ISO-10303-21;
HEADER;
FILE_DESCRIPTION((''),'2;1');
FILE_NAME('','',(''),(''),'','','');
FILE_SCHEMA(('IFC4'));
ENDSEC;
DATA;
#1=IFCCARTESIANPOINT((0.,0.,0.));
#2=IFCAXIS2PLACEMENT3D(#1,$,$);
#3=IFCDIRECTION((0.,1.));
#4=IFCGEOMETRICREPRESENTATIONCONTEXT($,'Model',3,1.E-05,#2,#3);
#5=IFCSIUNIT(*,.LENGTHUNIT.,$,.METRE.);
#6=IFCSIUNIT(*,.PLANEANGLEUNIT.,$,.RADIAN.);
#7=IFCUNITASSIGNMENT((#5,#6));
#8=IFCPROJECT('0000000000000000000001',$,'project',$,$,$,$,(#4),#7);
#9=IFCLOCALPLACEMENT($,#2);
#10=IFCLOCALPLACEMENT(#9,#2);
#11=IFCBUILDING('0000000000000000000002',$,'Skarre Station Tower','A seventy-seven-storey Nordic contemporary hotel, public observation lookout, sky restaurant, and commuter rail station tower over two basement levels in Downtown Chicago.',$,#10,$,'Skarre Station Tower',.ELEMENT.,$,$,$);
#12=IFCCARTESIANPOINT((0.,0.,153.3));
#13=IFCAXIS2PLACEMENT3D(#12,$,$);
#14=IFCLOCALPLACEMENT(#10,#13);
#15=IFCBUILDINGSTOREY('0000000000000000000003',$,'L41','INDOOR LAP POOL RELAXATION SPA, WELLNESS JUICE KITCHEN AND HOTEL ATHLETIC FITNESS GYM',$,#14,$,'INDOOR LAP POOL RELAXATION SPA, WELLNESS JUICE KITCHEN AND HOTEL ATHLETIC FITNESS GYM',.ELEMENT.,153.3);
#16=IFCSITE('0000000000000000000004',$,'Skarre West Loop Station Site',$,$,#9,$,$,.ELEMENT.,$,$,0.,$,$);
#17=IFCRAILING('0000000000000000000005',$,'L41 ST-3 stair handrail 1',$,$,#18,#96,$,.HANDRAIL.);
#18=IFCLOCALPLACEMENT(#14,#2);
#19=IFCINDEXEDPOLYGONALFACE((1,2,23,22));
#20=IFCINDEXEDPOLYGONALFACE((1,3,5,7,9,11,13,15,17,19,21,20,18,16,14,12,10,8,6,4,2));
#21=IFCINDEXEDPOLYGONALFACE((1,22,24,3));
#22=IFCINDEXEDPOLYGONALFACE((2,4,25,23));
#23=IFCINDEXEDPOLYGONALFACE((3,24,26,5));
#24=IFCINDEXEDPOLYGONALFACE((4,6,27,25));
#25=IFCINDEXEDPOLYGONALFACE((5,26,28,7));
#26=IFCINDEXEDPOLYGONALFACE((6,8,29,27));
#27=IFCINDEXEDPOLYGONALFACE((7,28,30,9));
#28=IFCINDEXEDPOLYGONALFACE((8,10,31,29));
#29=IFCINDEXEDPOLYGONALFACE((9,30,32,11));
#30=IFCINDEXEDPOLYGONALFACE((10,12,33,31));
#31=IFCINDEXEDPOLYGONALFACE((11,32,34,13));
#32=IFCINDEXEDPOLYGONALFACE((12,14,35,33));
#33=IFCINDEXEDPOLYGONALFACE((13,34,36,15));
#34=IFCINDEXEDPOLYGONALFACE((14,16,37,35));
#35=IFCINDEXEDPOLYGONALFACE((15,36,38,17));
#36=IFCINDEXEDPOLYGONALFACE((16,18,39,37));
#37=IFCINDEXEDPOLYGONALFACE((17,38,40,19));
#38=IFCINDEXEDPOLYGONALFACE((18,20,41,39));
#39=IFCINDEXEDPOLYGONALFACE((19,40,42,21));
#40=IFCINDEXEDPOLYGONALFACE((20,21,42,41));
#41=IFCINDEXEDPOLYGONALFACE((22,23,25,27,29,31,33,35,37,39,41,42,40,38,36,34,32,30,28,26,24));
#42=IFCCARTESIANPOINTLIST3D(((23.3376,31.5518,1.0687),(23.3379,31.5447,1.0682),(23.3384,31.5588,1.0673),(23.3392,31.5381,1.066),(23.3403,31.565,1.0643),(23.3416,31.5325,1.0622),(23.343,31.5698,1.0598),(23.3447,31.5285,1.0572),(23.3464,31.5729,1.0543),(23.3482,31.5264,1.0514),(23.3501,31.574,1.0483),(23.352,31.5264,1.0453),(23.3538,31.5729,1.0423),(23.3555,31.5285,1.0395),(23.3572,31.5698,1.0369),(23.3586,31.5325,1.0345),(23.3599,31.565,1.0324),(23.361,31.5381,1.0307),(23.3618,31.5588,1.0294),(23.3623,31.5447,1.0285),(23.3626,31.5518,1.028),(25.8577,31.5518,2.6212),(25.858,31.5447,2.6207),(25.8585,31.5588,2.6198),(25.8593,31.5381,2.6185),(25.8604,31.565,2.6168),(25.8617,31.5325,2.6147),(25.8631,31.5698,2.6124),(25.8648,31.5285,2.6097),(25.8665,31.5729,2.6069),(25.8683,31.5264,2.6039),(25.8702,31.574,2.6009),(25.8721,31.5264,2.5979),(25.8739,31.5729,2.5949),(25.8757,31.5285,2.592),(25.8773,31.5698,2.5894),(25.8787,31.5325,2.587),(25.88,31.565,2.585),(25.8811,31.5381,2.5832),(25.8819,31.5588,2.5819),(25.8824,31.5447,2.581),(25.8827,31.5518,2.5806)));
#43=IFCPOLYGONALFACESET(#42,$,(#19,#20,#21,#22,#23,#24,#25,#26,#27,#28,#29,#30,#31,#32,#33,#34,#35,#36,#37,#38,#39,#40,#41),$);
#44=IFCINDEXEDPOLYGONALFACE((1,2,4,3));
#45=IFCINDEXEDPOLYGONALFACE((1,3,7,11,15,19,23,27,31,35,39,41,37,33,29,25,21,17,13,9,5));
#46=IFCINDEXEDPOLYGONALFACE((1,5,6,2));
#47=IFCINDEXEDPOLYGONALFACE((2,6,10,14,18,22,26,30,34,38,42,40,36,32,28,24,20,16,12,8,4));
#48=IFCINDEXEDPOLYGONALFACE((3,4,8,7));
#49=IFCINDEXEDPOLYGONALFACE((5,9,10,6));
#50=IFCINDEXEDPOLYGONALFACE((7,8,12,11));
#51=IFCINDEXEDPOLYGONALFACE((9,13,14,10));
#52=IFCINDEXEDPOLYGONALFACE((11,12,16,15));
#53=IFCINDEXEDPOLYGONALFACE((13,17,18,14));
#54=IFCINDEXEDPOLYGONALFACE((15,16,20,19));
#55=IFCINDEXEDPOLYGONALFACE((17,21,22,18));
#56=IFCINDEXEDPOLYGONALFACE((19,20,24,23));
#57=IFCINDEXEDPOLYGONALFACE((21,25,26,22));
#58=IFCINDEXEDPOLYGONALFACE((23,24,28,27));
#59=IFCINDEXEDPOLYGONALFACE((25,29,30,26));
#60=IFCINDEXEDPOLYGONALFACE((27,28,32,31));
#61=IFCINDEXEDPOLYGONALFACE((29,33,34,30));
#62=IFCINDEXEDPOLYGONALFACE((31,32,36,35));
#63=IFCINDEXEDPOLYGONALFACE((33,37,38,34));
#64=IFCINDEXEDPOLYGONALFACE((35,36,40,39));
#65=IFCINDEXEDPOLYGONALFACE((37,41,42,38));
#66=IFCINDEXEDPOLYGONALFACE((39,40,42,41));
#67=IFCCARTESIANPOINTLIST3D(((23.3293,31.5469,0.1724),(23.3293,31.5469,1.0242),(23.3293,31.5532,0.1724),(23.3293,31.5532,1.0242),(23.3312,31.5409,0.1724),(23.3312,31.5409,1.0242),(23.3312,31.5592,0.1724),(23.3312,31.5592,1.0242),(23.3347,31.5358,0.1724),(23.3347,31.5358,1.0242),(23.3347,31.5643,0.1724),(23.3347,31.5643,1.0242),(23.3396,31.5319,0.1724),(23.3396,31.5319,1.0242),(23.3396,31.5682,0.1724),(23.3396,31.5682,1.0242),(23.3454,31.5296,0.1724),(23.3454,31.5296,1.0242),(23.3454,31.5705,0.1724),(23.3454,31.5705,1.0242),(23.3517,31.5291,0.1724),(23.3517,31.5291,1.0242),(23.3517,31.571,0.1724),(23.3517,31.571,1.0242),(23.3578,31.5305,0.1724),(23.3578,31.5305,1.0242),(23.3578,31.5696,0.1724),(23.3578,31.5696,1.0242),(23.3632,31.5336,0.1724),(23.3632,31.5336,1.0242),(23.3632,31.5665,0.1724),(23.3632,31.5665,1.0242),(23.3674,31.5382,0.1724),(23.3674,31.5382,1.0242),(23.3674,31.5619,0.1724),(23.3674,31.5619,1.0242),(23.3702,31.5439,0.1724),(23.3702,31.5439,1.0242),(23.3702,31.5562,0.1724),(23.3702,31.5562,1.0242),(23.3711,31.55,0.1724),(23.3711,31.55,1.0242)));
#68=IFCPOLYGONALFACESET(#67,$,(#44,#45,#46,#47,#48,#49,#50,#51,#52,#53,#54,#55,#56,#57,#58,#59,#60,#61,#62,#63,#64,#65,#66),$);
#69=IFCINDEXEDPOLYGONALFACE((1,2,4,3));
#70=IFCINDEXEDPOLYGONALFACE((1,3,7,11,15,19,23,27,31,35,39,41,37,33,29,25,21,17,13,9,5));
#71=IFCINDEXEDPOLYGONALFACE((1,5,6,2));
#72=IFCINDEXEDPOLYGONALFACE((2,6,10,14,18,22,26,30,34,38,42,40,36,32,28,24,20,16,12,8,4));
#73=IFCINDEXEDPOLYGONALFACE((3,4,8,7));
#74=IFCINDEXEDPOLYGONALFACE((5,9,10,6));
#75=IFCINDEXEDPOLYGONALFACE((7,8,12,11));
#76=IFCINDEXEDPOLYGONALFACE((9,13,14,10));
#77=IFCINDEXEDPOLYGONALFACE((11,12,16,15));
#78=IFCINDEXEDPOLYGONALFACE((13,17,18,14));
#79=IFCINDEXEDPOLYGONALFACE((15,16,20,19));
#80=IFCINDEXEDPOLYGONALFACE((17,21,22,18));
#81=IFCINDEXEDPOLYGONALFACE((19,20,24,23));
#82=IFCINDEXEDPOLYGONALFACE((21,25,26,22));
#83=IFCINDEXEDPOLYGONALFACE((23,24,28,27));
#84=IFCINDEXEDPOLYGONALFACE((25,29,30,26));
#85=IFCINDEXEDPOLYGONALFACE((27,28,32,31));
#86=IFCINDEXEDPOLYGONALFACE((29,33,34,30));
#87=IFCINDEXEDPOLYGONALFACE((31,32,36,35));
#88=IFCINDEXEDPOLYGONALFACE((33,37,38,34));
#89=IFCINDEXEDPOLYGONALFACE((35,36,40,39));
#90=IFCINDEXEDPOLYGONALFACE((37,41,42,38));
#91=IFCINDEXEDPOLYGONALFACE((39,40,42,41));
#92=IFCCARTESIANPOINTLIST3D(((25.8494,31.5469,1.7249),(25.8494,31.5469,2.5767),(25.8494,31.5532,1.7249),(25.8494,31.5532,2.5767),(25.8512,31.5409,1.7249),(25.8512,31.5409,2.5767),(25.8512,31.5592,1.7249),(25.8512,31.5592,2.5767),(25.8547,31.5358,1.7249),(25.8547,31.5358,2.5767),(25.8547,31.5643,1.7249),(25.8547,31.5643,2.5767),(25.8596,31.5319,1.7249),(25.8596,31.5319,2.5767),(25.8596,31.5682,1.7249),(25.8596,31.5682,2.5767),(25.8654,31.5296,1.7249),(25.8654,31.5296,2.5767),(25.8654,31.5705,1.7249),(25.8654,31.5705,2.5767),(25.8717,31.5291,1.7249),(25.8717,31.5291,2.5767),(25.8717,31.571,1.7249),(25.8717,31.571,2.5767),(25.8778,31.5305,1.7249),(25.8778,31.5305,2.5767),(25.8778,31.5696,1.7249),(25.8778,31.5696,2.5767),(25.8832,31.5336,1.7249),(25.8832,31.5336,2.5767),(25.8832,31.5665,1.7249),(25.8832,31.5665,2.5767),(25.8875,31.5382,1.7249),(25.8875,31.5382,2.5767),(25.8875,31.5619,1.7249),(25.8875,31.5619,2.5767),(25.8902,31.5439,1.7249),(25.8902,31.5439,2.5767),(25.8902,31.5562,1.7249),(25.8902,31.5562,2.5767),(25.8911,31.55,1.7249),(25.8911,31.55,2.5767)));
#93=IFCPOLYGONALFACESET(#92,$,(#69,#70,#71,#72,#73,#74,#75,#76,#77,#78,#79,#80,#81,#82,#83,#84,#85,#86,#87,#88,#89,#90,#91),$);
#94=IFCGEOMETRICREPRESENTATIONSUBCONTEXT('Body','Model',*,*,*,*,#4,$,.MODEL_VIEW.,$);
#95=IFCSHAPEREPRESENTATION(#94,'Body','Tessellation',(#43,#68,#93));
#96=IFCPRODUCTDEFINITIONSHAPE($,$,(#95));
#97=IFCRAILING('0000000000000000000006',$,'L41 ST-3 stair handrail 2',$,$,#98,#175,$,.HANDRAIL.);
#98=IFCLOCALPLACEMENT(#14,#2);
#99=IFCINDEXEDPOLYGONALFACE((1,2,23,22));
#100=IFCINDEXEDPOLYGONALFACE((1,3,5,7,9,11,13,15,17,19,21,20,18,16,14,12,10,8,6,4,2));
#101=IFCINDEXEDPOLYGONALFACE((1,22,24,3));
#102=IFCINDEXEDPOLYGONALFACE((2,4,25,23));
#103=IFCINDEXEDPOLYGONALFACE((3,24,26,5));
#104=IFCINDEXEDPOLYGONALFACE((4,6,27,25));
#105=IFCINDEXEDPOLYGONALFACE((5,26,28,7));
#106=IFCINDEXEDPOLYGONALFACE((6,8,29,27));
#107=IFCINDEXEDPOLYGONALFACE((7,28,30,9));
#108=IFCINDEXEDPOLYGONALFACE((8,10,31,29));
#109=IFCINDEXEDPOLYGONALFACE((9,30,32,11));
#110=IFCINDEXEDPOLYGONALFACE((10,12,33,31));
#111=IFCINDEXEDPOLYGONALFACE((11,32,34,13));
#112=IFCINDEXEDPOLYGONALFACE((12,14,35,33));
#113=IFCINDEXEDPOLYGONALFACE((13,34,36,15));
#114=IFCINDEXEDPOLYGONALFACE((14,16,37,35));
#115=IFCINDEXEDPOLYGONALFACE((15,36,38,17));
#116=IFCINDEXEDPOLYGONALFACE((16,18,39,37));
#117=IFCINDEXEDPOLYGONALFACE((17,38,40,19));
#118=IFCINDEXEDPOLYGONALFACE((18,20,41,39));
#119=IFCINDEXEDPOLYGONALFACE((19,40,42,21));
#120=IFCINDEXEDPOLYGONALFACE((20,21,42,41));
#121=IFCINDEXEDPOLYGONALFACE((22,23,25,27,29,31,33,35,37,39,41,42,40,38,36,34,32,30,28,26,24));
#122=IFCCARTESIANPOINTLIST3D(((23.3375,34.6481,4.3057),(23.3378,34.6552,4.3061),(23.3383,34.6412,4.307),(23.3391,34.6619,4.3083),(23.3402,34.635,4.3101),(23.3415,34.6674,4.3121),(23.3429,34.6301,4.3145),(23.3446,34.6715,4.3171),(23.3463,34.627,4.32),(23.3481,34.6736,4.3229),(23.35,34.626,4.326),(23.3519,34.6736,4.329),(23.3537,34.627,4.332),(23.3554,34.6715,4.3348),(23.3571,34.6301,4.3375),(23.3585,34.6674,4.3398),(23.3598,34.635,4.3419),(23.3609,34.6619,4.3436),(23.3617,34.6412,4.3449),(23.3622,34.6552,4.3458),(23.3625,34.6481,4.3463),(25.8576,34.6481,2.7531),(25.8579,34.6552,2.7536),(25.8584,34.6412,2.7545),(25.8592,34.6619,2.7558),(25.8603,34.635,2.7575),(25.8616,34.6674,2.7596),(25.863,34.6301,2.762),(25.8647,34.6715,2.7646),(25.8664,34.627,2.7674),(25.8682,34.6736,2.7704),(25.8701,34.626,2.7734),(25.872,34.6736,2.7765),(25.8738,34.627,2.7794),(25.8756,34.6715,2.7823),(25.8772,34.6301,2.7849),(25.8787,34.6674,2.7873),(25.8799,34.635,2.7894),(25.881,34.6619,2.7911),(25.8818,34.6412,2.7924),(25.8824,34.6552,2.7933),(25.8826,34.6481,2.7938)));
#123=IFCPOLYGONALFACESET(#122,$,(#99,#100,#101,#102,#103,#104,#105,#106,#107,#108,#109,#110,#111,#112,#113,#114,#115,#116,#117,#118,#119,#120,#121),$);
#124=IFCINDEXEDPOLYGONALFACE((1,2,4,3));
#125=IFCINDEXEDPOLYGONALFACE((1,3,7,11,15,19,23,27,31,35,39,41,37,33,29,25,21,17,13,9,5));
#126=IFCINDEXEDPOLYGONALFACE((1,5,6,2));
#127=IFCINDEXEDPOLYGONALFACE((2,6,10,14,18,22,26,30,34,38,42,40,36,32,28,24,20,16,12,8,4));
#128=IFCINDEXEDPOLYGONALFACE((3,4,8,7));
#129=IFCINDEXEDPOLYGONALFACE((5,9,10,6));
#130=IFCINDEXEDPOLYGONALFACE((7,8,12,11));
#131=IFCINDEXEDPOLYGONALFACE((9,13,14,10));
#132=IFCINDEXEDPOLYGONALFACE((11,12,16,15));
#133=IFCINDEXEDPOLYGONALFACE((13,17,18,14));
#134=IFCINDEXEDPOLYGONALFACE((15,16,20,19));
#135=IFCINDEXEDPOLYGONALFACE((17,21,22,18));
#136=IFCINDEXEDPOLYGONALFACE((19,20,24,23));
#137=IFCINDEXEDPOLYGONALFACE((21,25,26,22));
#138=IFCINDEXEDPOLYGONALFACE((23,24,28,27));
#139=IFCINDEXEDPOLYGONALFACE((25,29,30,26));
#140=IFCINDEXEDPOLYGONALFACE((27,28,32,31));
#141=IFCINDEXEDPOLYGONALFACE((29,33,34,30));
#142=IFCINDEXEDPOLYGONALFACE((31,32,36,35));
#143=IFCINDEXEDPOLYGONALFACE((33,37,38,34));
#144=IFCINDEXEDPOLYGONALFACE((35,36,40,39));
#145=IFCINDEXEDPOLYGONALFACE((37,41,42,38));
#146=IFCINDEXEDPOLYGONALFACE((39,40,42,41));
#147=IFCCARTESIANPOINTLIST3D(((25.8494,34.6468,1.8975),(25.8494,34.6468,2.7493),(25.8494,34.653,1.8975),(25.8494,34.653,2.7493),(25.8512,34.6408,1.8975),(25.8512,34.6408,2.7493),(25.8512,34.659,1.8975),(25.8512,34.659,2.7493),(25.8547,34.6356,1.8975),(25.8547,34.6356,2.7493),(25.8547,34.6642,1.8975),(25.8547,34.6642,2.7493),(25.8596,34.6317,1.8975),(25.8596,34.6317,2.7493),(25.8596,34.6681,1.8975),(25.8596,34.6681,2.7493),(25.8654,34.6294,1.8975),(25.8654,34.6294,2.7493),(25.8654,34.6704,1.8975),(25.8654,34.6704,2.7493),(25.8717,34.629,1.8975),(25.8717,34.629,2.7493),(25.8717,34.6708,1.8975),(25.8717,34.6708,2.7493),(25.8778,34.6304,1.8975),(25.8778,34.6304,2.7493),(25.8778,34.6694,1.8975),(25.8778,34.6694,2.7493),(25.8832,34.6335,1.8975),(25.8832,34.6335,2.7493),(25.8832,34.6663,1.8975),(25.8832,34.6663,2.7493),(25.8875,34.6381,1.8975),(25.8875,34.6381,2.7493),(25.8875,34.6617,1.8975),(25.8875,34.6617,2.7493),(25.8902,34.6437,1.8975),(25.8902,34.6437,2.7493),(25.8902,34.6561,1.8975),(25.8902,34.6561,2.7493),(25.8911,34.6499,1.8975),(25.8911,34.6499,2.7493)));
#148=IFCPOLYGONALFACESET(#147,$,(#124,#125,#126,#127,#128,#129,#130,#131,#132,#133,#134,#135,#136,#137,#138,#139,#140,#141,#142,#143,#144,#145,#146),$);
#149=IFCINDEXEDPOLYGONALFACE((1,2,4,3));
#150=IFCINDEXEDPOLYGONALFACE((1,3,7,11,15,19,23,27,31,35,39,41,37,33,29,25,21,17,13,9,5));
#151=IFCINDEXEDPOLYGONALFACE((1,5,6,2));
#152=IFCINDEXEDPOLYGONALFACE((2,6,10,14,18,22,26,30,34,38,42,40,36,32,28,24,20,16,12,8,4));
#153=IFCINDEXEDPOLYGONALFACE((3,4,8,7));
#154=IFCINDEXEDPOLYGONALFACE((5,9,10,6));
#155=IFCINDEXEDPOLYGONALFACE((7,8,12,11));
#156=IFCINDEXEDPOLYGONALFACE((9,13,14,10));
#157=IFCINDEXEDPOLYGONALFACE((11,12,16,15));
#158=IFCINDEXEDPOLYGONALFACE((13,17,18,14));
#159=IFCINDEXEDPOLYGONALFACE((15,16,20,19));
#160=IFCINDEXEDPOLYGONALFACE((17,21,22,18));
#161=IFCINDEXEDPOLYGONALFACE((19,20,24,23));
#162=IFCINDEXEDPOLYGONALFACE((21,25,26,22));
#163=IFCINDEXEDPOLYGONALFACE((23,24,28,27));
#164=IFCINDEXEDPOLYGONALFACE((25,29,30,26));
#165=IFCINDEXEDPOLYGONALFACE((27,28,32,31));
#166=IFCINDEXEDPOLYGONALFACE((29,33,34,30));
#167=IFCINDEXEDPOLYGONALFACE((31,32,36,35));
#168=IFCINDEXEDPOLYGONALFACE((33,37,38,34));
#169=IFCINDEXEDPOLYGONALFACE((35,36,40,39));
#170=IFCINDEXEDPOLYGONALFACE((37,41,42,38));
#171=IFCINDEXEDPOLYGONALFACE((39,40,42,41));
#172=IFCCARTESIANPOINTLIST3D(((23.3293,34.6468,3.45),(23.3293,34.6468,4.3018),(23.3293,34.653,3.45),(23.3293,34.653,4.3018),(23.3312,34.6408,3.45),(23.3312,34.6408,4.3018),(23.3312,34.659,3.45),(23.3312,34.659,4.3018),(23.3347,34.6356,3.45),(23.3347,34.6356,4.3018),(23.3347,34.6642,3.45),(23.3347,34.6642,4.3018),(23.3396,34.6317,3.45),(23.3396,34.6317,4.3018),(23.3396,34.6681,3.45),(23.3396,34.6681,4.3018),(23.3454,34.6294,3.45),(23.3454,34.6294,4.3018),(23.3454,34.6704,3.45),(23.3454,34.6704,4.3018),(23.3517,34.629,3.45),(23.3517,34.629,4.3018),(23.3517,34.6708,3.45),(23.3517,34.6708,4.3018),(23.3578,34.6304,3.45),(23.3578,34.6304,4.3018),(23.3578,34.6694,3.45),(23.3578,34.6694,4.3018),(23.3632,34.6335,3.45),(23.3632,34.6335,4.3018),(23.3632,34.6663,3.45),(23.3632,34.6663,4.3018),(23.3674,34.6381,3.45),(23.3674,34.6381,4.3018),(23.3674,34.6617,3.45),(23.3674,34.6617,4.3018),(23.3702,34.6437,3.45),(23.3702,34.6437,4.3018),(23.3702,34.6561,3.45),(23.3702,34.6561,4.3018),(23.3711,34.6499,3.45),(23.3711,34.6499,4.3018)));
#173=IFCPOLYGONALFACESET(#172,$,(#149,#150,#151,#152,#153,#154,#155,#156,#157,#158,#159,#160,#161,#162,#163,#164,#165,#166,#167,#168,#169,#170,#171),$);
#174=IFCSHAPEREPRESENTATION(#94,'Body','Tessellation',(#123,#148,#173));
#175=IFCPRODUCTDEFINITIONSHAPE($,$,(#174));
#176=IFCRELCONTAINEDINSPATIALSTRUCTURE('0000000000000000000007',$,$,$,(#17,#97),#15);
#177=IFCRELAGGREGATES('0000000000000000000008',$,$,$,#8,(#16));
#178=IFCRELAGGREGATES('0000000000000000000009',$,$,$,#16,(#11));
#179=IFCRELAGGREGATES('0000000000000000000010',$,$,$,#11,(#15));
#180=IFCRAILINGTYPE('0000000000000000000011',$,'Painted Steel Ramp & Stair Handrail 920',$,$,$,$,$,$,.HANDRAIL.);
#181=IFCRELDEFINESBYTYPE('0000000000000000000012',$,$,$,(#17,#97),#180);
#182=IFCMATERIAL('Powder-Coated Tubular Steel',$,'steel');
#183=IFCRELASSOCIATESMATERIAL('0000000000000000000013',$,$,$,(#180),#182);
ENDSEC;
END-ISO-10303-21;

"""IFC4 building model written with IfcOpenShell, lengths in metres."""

from ifc_helpers import new_model, si_unit, direction, frame, origin, origin_2d, place, context, subcontext, project, spatial, circle, extrude, material, type_object, element, save


model = new_model("IFC4")

# Units and contexts
model_context = context("Model", 3, precision=1e-05, world=origin(), true_north=direction((0.0, 1.0)))
body_context = subcontext(model_context, "Body", "Model", "MODEL_VIEW")
ifc_project = project(units=[si_unit("LENGTHUNIT", "METRE"), si_unit("PLANEANGLEUNIT", "RADIAN")], contexts=[model_context])

# Site, building, storey
site_placement = place(None, origin())
site = spatial("IfcSite", under=ifc_project, at=site_placement, Name="Skarre West Loop Station Site", CompositionType="ELEMENT", RefElevation=0.0)
building_placement = place(site_placement, origin())
building = spatial("IfcBuilding", under=site, at=building_placement, Name="Skarre Station Tower", Description="A seventy-seven-storey Nordic contemporary hotel, public observation lookout, sky restaurant, and commuter rail station tower over two basement levels in Downtown Chicago.", LongName="Skarre Station Tower", CompositionType="ELEMENT")
storey_placement = place(building_placement, frame((0.0, 0.0, 153.3)))
storey = spatial("IfcBuildingStorey", under=building, at=storey_placement, Name="L41", Description="INDOOR LAP POOL RELAXATION SPA, WELLNESS JUICE KITCHEN AND HOTEL ATHLETIC FITNESS GYM", LongName="INDOOR LAP POOL RELAXATION SPA, WELLNESS JUICE KITCHEN AND HOTEL ATHLETIC FITNESS GYM", CompositionType="ELEMENT", Elevation=153.3)

# Railings
ifc_material_1 = material(Name="Powder-Coated Tubular Steel", Category="steel")
railing_type_1 = type_object("IfcRailingType", Name="Painted Steel Ramp & Stair Handrail 920", PredefinedType="HANDRAIL", material=ifc_material_1)
railing_1_placement = place(storey_placement, frame((23.3501, 31.55, 0.1724)))
element("IfcRailing", 1, at=railing_1_placement, inside=storey, type_object=railing_type_1, Name="L41 ST-3 stair handrail 1", PredefinedType="HANDRAIL", context=body_context, shape_type="SweptSolid", body=[
    extrude(circle(Radius=0.0239, at=origin_2d()), frame((0.0, 0.0, 0.876), z_axis=(0.8514, 0.0, 0.524516), x_axis=(0.0, 1.0, 0.0)), (0.0, 0.0, 1.0), 2.96),
    extrude(circle(Radius=0.021, at=origin_2d()), origin(), (0.0, 0.0, 1.0), 0.8518),
    extrude(circle(Radius=0.021, at=origin_2d()), frame((2.52, 0.0, 1.5525)), (0.0, 0.0, 1.0), 0.8518),
])
railing_2_placement = place(storey_placement, frame((25.8701, 34.6499, 1.8975)))
element("IfcRailing", 2, at=railing_2_placement, inside=storey, type_object=railing_type_1, Name="L41 ST-3 stair handrail 2", PredefinedType="HANDRAIL", context=body_context, shape_type="SweptSolid", body=[
    extrude(circle(Radius=0.0239, at=origin_2d()), frame((0.0, 0.0, 0.876), z_axis=(-0.8514, 0.0, 0.524516), x_axis=(0.0, -1.0, 0.0)), (0.0, 0.0, 1.0), 2.96),
    extrude(circle(Radius=0.021, at=origin_2d()), origin(), (0.0, 0.0, 1.0), 0.8518),
    extrude(circle(Radius=0.021, at=origin_2d()), frame((-2.52, 0.0, 1.5525)), (0.0, 0.0, 1.0), 0.8518),
])

save(model, "model.ifc")
